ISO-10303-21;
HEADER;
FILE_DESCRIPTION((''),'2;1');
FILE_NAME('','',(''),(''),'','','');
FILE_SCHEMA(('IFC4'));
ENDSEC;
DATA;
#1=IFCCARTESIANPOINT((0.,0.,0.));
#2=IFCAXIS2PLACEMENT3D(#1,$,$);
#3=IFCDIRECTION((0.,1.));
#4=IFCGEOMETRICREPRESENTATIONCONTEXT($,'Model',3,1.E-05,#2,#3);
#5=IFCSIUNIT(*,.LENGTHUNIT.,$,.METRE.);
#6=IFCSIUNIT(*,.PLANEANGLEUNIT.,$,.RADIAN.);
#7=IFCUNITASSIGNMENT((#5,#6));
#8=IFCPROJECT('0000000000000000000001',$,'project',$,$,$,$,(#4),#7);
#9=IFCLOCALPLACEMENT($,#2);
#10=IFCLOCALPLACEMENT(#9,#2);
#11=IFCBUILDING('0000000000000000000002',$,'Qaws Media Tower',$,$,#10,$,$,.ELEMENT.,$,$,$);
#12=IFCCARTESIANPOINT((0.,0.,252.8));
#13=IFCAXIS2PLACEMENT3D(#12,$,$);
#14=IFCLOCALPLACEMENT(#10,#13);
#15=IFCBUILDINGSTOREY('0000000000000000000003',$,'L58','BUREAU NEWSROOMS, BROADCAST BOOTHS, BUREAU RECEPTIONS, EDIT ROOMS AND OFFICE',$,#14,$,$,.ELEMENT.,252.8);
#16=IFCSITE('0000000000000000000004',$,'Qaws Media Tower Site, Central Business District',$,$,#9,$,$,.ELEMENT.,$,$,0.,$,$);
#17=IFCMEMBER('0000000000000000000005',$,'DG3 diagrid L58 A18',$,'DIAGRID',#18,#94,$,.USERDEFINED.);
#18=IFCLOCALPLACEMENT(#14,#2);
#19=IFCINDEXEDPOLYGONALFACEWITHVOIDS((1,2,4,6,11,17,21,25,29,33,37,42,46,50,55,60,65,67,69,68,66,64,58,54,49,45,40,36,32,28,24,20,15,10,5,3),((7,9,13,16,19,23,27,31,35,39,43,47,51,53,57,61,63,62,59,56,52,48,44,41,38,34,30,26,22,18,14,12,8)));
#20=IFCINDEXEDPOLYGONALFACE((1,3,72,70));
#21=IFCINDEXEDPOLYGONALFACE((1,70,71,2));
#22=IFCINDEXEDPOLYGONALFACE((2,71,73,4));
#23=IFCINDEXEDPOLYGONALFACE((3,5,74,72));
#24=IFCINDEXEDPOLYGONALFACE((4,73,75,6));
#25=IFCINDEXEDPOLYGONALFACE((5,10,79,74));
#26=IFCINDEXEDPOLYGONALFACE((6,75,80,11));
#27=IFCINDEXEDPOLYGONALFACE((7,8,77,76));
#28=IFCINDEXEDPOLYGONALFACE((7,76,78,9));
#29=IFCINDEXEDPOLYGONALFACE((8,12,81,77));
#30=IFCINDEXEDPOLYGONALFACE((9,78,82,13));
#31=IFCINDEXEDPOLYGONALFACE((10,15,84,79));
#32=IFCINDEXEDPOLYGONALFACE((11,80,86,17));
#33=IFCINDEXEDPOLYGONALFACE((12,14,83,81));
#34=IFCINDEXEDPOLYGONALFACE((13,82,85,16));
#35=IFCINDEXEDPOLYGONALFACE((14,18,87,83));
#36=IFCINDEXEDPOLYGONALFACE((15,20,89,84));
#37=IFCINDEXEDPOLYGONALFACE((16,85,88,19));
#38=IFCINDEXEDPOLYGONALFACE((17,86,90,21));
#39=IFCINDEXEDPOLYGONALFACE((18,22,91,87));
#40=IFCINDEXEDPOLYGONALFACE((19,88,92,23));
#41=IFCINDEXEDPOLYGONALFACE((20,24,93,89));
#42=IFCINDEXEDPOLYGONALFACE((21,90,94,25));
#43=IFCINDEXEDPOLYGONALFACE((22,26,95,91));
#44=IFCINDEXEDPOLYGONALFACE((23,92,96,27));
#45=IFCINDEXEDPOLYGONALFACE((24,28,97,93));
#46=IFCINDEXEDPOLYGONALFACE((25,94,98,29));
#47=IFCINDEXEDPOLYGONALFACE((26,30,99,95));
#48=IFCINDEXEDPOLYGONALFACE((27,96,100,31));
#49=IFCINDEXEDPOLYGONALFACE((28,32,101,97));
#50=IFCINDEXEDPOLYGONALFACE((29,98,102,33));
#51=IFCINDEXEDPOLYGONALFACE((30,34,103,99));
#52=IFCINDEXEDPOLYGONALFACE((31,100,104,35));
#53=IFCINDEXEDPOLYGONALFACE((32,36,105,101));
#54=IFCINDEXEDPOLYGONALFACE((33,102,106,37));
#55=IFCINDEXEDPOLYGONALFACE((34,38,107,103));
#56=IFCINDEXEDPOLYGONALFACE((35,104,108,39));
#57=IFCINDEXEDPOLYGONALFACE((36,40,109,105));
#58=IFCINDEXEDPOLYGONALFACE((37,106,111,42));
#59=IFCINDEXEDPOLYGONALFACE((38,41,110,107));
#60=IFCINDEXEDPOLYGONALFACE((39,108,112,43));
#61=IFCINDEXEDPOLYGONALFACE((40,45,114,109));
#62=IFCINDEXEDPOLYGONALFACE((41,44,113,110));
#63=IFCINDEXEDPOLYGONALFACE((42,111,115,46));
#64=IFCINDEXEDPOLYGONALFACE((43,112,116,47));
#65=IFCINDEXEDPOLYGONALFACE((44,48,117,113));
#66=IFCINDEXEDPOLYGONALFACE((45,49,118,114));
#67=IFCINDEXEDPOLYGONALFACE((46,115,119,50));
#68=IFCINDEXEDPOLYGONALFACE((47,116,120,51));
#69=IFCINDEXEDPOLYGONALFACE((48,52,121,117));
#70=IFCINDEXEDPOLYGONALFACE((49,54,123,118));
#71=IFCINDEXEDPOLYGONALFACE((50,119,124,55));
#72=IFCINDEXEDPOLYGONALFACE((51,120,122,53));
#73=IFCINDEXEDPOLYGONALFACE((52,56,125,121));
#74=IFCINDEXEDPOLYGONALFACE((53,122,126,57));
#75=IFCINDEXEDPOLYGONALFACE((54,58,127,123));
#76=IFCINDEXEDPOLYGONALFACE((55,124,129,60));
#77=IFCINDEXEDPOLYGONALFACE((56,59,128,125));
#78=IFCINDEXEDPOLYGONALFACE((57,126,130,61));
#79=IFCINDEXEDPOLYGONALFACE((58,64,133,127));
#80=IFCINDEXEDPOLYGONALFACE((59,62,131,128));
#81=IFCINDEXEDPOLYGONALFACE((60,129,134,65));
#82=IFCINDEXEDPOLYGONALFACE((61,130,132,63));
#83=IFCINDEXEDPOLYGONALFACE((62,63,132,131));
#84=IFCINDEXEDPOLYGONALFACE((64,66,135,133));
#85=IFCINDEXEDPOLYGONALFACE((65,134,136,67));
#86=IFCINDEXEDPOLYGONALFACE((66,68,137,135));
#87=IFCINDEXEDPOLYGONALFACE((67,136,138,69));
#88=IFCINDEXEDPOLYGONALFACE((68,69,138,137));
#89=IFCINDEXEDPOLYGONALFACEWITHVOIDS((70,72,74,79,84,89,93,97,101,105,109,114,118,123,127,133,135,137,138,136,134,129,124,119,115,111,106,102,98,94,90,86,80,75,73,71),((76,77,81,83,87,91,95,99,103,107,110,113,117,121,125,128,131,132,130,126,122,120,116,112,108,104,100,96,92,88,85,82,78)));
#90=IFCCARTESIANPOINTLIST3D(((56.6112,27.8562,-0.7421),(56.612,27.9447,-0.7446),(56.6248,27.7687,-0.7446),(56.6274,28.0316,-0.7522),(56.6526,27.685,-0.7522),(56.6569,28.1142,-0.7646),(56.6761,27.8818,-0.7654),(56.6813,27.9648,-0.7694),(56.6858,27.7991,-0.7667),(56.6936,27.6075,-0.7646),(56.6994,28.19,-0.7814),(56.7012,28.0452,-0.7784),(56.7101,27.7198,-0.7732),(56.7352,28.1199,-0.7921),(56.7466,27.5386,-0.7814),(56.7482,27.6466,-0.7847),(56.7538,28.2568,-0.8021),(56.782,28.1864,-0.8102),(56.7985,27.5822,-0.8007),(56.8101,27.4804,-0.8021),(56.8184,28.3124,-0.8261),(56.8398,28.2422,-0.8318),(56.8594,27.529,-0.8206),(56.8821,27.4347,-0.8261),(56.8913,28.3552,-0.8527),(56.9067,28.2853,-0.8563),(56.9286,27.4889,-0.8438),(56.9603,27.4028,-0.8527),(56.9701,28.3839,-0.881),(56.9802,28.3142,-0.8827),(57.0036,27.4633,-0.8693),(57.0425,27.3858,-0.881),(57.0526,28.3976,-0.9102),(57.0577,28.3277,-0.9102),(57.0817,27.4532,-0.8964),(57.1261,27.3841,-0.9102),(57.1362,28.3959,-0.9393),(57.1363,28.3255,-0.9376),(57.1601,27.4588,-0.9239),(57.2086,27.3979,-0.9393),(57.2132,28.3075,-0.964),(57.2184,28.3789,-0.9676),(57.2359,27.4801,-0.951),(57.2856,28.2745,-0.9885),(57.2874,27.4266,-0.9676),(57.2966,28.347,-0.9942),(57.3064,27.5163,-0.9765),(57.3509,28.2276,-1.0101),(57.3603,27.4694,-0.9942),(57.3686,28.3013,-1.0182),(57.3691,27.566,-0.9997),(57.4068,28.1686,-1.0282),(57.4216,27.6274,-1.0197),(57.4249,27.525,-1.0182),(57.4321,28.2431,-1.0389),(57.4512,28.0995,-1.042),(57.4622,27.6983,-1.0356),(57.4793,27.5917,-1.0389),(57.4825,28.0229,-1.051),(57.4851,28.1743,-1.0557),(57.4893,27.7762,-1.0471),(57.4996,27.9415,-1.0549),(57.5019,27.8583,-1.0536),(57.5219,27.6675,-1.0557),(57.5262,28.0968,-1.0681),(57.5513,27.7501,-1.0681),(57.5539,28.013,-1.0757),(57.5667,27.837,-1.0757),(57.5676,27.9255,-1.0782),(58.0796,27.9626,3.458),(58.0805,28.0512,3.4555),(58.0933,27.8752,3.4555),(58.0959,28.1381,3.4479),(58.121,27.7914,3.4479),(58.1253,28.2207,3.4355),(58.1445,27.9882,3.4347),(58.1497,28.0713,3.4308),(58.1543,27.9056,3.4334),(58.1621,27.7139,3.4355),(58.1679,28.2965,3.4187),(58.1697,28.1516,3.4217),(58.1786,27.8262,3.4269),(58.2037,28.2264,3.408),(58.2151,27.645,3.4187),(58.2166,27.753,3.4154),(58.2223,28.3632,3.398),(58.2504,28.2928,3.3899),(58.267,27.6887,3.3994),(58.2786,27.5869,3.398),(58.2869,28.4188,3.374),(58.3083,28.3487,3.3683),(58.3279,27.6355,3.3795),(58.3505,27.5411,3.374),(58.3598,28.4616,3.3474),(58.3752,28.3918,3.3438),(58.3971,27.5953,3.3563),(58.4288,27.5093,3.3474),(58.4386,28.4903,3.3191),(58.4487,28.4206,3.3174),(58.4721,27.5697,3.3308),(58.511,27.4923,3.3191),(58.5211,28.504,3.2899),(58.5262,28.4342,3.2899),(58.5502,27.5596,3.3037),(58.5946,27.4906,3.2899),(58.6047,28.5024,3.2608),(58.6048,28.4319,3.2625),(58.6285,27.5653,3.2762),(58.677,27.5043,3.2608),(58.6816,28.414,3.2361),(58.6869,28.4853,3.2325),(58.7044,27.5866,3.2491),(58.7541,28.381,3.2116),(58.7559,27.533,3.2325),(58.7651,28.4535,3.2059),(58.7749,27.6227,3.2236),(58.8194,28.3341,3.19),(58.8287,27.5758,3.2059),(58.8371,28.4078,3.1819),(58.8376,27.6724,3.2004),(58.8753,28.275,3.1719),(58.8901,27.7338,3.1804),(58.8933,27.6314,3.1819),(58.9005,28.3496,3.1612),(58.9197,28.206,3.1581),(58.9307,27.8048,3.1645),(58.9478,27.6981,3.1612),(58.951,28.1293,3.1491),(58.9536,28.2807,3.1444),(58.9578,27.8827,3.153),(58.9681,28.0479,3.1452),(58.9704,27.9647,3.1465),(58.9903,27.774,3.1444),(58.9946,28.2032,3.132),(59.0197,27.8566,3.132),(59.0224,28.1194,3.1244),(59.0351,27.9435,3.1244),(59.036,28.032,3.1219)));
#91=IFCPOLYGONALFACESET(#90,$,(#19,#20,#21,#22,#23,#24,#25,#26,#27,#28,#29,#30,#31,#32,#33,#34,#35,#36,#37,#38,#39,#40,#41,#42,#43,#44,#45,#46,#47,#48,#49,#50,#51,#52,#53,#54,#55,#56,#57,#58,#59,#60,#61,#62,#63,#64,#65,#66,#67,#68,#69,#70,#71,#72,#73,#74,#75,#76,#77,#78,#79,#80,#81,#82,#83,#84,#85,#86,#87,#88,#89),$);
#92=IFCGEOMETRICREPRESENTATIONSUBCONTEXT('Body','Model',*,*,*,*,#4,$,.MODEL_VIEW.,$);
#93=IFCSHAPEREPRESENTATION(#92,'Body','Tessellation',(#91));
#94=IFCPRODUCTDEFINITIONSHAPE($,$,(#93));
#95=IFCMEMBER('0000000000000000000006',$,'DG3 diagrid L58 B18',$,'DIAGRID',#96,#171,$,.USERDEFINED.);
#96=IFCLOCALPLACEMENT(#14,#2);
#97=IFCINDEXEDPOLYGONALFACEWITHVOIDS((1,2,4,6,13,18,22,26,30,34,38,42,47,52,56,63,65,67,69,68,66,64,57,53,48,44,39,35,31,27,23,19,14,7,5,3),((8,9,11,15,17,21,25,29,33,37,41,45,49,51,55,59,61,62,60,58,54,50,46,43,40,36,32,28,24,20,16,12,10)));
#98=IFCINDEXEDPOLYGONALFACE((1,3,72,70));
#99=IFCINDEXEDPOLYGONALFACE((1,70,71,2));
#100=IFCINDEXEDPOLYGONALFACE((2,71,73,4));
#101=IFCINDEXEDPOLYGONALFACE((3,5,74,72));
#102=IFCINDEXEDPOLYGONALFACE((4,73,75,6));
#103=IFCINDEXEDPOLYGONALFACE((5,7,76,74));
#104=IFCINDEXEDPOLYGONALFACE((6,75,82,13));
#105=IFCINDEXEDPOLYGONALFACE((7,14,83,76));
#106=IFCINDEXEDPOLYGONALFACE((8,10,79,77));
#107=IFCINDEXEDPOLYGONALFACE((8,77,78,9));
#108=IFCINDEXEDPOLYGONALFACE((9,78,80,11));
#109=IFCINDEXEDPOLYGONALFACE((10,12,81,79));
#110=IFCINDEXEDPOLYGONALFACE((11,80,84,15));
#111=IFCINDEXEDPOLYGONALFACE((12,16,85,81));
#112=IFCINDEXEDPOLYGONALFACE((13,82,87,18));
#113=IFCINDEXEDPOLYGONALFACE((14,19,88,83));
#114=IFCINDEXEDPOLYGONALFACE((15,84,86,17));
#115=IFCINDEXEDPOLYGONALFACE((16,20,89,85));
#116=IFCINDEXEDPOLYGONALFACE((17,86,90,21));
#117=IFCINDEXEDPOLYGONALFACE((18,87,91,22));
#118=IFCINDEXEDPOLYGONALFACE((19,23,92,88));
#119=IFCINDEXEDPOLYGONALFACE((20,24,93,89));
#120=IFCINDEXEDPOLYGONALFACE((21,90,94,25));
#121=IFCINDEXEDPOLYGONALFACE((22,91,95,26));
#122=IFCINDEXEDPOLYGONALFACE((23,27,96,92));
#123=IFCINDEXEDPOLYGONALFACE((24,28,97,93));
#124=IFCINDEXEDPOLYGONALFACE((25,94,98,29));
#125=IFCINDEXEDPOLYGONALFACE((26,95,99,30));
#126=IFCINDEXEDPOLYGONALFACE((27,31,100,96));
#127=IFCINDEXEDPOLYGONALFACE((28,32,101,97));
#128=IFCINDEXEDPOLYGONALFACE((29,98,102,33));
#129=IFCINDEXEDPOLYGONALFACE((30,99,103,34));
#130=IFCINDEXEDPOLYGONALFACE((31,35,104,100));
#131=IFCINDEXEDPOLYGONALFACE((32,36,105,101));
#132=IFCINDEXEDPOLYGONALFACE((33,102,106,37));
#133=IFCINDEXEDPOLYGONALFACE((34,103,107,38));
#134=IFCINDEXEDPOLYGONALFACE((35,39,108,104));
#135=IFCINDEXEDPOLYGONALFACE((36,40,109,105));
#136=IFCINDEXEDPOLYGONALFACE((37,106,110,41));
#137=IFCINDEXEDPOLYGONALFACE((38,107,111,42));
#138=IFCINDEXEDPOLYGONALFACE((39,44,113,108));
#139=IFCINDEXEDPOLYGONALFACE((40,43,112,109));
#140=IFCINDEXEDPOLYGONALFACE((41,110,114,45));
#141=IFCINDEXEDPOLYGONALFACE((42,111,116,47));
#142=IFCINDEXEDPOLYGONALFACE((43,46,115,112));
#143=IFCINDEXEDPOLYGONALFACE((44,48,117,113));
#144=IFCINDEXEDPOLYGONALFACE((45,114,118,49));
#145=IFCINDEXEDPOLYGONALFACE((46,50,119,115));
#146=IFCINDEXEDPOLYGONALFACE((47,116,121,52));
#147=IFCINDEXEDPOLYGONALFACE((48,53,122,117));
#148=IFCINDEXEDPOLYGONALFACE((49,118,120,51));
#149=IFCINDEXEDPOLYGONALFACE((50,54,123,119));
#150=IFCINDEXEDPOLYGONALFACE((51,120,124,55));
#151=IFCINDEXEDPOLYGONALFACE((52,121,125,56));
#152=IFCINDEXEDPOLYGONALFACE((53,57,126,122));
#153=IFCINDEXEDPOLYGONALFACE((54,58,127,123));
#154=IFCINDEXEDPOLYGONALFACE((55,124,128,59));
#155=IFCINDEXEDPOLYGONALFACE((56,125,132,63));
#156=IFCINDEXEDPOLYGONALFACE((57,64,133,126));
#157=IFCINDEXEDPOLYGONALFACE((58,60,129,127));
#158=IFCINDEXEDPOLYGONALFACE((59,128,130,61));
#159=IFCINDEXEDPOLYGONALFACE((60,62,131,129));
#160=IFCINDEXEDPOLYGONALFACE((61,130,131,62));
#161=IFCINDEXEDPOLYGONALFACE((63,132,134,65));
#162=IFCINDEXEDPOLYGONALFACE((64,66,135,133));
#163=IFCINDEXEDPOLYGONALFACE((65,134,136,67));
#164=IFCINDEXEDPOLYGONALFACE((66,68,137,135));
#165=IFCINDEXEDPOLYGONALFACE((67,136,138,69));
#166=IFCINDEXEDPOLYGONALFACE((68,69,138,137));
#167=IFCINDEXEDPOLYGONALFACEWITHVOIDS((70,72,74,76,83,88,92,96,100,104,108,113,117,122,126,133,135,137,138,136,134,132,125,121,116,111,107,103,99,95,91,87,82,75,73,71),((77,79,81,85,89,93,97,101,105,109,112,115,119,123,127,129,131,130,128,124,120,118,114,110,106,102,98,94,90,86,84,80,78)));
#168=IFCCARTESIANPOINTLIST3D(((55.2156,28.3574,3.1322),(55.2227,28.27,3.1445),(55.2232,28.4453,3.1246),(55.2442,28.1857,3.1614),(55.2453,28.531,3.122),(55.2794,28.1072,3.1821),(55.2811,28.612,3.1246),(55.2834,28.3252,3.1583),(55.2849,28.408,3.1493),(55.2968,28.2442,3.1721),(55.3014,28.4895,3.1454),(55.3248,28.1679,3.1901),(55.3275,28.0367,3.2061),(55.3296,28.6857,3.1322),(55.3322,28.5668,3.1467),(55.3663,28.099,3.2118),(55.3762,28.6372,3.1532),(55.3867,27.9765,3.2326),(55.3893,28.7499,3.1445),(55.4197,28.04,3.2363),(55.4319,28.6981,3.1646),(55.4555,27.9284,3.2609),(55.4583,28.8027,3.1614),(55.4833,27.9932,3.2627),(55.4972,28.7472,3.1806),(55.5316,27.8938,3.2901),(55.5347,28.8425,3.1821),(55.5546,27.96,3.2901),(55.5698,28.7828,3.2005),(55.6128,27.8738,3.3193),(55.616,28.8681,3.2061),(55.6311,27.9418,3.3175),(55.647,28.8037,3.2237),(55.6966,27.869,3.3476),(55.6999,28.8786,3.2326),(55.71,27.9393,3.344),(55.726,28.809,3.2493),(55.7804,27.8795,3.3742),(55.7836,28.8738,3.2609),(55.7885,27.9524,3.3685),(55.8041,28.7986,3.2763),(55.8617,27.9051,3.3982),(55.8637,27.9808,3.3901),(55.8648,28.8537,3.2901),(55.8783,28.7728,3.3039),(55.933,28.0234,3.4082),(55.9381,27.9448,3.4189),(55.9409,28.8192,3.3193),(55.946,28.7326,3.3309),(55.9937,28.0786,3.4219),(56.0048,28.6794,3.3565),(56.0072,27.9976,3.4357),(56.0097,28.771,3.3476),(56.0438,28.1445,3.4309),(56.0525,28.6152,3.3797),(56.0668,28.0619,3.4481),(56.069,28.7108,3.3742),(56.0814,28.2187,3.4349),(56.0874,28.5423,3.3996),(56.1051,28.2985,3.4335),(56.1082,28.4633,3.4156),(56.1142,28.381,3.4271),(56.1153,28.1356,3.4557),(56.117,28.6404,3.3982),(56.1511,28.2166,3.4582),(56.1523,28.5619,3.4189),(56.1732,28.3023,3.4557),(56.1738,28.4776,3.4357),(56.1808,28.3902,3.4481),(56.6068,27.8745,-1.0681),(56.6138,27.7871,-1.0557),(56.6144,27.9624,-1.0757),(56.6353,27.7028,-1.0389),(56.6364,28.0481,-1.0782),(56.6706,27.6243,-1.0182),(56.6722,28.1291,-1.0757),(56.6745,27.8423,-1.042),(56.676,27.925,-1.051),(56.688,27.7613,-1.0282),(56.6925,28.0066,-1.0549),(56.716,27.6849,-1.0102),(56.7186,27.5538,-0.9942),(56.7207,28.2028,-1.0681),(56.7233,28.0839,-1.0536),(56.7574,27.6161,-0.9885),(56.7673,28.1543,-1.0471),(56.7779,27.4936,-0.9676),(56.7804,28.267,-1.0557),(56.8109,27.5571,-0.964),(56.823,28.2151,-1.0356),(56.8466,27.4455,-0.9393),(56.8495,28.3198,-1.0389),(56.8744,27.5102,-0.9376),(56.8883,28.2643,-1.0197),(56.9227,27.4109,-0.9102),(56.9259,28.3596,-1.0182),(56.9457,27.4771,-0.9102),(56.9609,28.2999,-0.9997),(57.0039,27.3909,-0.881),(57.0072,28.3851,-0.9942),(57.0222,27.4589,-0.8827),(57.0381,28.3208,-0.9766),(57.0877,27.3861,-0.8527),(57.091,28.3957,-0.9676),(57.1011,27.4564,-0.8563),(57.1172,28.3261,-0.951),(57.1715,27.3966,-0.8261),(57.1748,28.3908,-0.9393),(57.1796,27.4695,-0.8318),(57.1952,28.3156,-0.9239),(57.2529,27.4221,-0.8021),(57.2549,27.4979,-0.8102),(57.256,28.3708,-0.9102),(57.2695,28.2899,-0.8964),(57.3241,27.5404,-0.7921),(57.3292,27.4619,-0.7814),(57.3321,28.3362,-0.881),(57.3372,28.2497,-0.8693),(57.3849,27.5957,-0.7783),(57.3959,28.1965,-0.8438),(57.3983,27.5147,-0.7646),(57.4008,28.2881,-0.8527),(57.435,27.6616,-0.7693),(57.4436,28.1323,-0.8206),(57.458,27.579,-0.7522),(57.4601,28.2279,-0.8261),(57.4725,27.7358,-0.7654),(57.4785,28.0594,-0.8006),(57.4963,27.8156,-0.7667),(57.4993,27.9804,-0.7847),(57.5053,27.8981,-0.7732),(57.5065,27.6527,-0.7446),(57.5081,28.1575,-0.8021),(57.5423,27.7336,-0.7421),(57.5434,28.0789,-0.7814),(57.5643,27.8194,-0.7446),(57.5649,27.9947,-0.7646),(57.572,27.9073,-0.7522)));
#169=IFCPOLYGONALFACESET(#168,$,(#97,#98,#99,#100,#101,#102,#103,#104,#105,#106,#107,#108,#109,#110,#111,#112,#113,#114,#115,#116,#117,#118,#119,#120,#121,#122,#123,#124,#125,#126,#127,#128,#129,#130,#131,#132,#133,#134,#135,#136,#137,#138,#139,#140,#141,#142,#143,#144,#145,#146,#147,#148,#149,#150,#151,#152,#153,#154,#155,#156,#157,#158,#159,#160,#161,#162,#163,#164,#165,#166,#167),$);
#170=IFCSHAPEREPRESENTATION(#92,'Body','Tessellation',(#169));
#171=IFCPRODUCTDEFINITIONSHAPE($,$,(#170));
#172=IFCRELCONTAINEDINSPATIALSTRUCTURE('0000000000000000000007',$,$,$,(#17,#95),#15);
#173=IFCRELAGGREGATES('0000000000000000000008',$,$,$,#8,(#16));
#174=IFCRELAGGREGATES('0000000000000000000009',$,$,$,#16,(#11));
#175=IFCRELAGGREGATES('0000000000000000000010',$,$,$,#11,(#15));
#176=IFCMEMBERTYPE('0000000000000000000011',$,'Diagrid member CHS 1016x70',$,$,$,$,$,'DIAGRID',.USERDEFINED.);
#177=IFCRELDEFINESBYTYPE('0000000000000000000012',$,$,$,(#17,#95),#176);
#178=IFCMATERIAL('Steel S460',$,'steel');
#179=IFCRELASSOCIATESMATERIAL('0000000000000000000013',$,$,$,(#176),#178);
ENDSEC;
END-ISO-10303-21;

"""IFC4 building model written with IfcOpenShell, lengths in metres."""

from ifc_helpers import new_model, si_unit, direction, frame, origin, origin_2d, place, context, subcontext, project, spatial, hollow_circle, extrude, material, material_profile, profile_set, type_object, element, save


model = new_model("IFC4")

# Units and contexts
model_context = context("Model", 3, precision=1e-05, world=origin(), true_north=direction((0.0, 1.0)))
body_context = subcontext(model_context, "Body", "Model", "MODEL_VIEW")
ifc_project = project(units=[si_unit("LENGTHUNIT", "METRE"), si_unit("PLANEANGLEUNIT", "RADIAN")], contexts=[model_context])

# Site, building, storey
site_placement = place(None, origin())
site = spatial("IfcSite", under=ifc_project, at=site_placement, Name="Qaws Media Tower Site, Central Business District", CompositionType="ELEMENT", RefElevation=0.0)
building_placement = place(site_placement, origin())
building = spatial("IfcBuilding", under=site, at=building_placement, Name="Qaws Media Tower", CompositionType="ELEMENT")
storey_placement = place(building_placement, frame((0.0, 0.0, 252.8)))
storey = spatial("IfcBuildingStorey", under=building, at=storey_placement, Name="L58", Description="BUREAU NEWSROOMS, BROADCAST BOOTHS, BUREAU RECEPTIONS, EDIT ROOMS AND OFFICE", CompositionType="ELEMENT", Elevation=252.8)

# Members
ifc_material_1 = material(Name="Steel S460", Category="steel")
ifc_material_profile_1 = material_profile(ifc_material_1, hollow_circle(Radius=0.5081, WallThickness=0.0701, at=origin_2d()), Name="CHS 1016x70")
ifc_profile_set_1 = profile_set([ifc_material_profile_1], Name="Steel S460")
member_type_1 = type_object("IfcMemberType", Name="Diagrid member CHS 1016x70", ElementType="DIAGRID", PredefinedType="USERDEFINED", material=ifc_profile_set_1)
member_1_placement = place(storey_placement, frame((57.0894, 27.8909, -0.9102), z_axis=(0.329943, 0.023916, 0.943698), x_axis=(-0.072296, 0.997383, 0.0)))
element("IfcMember", 1, at=member_1_placement, inside=storey, type_object=member_type_1, Name="DG3 diagrid L58 A18", ObjectType="DIAGRID", PredefinedType="USERDEFINED", context=body_context, shape_type="SweptSolid", body=[
    extrude(hollow_circle(Radius=0.5081, WallThickness=0.0701, at=origin_2d()), origin(), (0.0, 0.0, 1.0), 4.4507),
])
for number, where, z_axis, x_axis, name in (
    (2, (57.0894, 27.8909, -0.9102), (-0.31255, 0.108498, 0.943684), (-0.327942, -0.944698, 0.0), "DG3 diagrid L58 B18"),
):
    element("IfcMember", number, at=place(storey_placement, frame(where, z_axis=z_axis, x_axis=x_axis)), inside=storey, type_object=member_type_1, Name=name, ObjectType="DIAGRID", PredefinedType="USERDEFINED", context=body_context, shape_type="SweptSolid", body=[
        extrude(hollow_circle(Radius=0.5081, WallThickness=0.0701, at=origin_2d()), origin(), (0.0, 0.0, 1.0), 4.4509),
    ])

save(model, "model.ifc")
